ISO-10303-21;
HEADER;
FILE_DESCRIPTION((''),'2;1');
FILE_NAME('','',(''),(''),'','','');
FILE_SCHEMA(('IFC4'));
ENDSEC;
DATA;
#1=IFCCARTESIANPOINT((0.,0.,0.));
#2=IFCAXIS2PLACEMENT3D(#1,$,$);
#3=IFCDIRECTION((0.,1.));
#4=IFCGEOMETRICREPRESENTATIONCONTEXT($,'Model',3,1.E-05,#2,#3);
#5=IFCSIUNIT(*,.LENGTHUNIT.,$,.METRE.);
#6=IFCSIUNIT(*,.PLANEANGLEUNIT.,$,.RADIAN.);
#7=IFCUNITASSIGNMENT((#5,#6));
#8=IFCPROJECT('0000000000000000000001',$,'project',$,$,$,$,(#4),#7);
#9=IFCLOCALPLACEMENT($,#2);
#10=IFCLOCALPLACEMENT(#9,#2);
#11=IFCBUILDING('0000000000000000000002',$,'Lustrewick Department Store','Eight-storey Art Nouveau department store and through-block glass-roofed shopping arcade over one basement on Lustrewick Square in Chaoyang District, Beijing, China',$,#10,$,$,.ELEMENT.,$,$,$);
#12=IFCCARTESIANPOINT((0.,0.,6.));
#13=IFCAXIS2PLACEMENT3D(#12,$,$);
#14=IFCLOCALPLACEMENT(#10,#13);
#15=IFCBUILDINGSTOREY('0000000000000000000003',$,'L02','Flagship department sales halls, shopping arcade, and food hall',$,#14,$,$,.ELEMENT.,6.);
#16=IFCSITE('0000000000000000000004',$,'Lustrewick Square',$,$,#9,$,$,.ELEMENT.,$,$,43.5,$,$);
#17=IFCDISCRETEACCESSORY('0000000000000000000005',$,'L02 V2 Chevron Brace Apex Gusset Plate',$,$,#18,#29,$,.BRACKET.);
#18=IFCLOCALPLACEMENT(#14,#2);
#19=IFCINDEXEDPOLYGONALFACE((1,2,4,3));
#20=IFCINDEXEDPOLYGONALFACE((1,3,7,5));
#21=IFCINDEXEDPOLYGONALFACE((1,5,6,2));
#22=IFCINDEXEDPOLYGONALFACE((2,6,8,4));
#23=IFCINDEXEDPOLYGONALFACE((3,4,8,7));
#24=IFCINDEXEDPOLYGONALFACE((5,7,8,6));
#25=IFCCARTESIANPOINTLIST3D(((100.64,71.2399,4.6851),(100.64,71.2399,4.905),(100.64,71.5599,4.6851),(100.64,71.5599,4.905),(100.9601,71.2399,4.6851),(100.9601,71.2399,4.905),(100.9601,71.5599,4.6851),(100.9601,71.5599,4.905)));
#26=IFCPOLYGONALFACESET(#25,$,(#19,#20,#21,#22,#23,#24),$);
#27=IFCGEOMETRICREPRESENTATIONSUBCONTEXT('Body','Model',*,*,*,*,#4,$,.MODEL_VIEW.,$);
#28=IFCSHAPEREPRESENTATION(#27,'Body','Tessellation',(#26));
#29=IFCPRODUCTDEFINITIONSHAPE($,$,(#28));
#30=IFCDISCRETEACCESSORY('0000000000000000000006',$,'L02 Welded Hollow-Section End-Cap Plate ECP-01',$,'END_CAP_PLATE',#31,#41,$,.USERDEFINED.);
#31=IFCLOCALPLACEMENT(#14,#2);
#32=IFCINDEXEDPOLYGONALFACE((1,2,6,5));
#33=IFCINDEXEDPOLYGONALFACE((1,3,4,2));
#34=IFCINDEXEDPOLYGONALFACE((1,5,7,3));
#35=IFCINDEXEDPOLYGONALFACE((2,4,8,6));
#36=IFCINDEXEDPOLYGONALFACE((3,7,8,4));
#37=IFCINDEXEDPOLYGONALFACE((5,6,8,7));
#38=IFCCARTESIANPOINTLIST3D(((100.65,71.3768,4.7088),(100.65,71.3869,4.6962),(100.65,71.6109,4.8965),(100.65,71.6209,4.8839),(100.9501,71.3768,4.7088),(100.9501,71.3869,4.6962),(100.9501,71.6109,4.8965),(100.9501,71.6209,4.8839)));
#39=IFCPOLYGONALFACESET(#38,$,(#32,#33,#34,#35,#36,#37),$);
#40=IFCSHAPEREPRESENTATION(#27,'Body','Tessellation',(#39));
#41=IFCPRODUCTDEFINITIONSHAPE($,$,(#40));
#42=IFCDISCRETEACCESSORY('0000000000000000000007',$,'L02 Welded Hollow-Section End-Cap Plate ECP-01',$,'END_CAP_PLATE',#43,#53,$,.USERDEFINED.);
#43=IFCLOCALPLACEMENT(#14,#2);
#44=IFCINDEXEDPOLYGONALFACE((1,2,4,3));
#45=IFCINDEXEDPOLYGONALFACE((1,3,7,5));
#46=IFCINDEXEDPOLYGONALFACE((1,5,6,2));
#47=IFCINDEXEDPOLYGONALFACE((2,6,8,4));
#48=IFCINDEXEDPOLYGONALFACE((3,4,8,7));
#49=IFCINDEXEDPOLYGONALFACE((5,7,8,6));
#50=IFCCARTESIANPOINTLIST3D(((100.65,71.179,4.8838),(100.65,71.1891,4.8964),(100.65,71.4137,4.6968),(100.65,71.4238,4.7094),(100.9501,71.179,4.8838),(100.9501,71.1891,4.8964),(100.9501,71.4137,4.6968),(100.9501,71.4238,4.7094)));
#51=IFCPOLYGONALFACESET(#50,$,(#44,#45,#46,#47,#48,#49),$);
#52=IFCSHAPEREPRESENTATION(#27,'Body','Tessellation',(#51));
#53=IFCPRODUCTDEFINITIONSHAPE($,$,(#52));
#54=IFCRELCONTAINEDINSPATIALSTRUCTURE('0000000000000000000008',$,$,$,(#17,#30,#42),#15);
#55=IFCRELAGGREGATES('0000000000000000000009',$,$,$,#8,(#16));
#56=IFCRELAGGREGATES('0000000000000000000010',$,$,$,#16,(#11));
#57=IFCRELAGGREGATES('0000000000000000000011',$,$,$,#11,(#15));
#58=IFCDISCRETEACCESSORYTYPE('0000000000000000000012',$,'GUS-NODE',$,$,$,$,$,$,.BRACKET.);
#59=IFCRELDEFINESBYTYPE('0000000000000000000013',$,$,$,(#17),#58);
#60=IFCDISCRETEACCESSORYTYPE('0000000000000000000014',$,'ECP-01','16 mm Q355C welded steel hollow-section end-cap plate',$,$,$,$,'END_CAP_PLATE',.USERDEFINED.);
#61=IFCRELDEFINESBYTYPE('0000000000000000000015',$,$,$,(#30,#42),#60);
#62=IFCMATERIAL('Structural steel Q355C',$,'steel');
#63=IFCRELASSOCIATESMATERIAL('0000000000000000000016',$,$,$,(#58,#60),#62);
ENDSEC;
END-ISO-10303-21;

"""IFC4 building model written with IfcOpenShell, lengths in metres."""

from ifc_helpers import new_model, si_unit, direction, frame, origin, origin_2d, place, context, subcontext, project, spatial, rectangle, extrude, material, type_object, element, save


model = new_model("IFC4")

# Units and contexts
model_context = context("Model", 3, precision=1e-05, world=origin(), true_north=direction((0.0, 1.0)))
body_context = subcontext(model_context, "Body", "Model", "MODEL_VIEW")
ifc_project = project(units=[si_unit("LENGTHUNIT", "METRE"), si_unit("PLANEANGLEUNIT", "RADIAN")], contexts=[model_context])

# Site, building, storey
site_placement = place(None, origin())
site = spatial("IfcSite", under=ifc_project, at=site_placement, Name="Lustrewick Square", CompositionType="ELEMENT", RefElevation=43.5)
building_placement = place(site_placement, origin())
building = spatial("IfcBuilding", under=site, at=building_placement, Name="Lustrewick Department Store", Description="Eight-storey Art Nouveau department store and through-block glass-roofed shopping arcade over one basement on Lustrewick Square in Chaoyang District, Beijing, China", CompositionType="ELEMENT")
storey_placement = place(building_placement, frame((0.0, 0.0, 6.0)))
storey = spatial("IfcBuildingStorey", under=building, at=storey_placement, Name="L02", Description="Flagship department sales halls, shopping arcade, and food hall", CompositionType="ELEMENT", Elevation=6.0)

# Shared definitions
ifc_material_1 = material(Name="Structural steel Q355C", Category="steel")

# Discrete accessories
discrete_accessory_type_1 = type_object("IfcDiscreteAccessoryType", Name="GUS-NODE", PredefinedType="BRACKET", material=ifc_material_1)
discrete_accessory_1_placement = place(storey_placement, frame((100.8, 71.3999, 4.6851), z_axis=(0.0, 0.0, 1.0), x_axis=(1.0, 0.0, 0.0)))
element("IfcDiscreteAccessory", 1, at=discrete_accessory_1_placement, inside=storey, type_object=discrete_accessory_type_1, Name="L02 V2 Chevron Brace Apex Gusset Plate", PredefinedType="BRACKET", context=body_context, shape_type="SweptSolid", body=[
    extrude(rectangle(XDim=0.3201, YDim=0.3201, at=origin_2d()), origin(), (0.0, 0.0, 1.0), 0.22),
])
discrete_accessory_type_2 = type_object("IfcDiscreteAccessoryType", Name="ECP-01", Description="16 mm Q355C welded steel hollow-section end-cap plate", ElementType="END_CAP_PLATE", PredefinedType="USERDEFINED", material=ifc_material_1)
for number, where, z_axis, x_axis, name in (
    (2, (100.8, 71.5039, 4.79), (0.0, -0.625625, 0.780124), (1.0, 0.0, 0.0), "L02 Welded Hollow-Section End-Cap Plate ECP-01"),
    (3, (100.8, 71.2964, 4.7903), (0.0, 0.623044, 0.782187), (-1.0, 0.0, 0.0), "L02 Welded Hollow-Section End-Cap Plate ECP-01"),
):
    element("IfcDiscreteAccessory", number, at=place(storey_placement, frame(where, z_axis=z_axis, x_axis=x_axis)), inside=storey, type_object=discrete_accessory_type_2, Name=name, ObjectType="END_CAP_PLATE", PredefinedType="USERDEFINED", context=body_context, shape_type="SweptSolid", body=[
        extrude(rectangle(XDim=0.3, YDim=0.3, at=origin_2d()), origin(), (0.0, 0.0, 1.0), 0.0161),
    ])

save(model, "model.ifc")
